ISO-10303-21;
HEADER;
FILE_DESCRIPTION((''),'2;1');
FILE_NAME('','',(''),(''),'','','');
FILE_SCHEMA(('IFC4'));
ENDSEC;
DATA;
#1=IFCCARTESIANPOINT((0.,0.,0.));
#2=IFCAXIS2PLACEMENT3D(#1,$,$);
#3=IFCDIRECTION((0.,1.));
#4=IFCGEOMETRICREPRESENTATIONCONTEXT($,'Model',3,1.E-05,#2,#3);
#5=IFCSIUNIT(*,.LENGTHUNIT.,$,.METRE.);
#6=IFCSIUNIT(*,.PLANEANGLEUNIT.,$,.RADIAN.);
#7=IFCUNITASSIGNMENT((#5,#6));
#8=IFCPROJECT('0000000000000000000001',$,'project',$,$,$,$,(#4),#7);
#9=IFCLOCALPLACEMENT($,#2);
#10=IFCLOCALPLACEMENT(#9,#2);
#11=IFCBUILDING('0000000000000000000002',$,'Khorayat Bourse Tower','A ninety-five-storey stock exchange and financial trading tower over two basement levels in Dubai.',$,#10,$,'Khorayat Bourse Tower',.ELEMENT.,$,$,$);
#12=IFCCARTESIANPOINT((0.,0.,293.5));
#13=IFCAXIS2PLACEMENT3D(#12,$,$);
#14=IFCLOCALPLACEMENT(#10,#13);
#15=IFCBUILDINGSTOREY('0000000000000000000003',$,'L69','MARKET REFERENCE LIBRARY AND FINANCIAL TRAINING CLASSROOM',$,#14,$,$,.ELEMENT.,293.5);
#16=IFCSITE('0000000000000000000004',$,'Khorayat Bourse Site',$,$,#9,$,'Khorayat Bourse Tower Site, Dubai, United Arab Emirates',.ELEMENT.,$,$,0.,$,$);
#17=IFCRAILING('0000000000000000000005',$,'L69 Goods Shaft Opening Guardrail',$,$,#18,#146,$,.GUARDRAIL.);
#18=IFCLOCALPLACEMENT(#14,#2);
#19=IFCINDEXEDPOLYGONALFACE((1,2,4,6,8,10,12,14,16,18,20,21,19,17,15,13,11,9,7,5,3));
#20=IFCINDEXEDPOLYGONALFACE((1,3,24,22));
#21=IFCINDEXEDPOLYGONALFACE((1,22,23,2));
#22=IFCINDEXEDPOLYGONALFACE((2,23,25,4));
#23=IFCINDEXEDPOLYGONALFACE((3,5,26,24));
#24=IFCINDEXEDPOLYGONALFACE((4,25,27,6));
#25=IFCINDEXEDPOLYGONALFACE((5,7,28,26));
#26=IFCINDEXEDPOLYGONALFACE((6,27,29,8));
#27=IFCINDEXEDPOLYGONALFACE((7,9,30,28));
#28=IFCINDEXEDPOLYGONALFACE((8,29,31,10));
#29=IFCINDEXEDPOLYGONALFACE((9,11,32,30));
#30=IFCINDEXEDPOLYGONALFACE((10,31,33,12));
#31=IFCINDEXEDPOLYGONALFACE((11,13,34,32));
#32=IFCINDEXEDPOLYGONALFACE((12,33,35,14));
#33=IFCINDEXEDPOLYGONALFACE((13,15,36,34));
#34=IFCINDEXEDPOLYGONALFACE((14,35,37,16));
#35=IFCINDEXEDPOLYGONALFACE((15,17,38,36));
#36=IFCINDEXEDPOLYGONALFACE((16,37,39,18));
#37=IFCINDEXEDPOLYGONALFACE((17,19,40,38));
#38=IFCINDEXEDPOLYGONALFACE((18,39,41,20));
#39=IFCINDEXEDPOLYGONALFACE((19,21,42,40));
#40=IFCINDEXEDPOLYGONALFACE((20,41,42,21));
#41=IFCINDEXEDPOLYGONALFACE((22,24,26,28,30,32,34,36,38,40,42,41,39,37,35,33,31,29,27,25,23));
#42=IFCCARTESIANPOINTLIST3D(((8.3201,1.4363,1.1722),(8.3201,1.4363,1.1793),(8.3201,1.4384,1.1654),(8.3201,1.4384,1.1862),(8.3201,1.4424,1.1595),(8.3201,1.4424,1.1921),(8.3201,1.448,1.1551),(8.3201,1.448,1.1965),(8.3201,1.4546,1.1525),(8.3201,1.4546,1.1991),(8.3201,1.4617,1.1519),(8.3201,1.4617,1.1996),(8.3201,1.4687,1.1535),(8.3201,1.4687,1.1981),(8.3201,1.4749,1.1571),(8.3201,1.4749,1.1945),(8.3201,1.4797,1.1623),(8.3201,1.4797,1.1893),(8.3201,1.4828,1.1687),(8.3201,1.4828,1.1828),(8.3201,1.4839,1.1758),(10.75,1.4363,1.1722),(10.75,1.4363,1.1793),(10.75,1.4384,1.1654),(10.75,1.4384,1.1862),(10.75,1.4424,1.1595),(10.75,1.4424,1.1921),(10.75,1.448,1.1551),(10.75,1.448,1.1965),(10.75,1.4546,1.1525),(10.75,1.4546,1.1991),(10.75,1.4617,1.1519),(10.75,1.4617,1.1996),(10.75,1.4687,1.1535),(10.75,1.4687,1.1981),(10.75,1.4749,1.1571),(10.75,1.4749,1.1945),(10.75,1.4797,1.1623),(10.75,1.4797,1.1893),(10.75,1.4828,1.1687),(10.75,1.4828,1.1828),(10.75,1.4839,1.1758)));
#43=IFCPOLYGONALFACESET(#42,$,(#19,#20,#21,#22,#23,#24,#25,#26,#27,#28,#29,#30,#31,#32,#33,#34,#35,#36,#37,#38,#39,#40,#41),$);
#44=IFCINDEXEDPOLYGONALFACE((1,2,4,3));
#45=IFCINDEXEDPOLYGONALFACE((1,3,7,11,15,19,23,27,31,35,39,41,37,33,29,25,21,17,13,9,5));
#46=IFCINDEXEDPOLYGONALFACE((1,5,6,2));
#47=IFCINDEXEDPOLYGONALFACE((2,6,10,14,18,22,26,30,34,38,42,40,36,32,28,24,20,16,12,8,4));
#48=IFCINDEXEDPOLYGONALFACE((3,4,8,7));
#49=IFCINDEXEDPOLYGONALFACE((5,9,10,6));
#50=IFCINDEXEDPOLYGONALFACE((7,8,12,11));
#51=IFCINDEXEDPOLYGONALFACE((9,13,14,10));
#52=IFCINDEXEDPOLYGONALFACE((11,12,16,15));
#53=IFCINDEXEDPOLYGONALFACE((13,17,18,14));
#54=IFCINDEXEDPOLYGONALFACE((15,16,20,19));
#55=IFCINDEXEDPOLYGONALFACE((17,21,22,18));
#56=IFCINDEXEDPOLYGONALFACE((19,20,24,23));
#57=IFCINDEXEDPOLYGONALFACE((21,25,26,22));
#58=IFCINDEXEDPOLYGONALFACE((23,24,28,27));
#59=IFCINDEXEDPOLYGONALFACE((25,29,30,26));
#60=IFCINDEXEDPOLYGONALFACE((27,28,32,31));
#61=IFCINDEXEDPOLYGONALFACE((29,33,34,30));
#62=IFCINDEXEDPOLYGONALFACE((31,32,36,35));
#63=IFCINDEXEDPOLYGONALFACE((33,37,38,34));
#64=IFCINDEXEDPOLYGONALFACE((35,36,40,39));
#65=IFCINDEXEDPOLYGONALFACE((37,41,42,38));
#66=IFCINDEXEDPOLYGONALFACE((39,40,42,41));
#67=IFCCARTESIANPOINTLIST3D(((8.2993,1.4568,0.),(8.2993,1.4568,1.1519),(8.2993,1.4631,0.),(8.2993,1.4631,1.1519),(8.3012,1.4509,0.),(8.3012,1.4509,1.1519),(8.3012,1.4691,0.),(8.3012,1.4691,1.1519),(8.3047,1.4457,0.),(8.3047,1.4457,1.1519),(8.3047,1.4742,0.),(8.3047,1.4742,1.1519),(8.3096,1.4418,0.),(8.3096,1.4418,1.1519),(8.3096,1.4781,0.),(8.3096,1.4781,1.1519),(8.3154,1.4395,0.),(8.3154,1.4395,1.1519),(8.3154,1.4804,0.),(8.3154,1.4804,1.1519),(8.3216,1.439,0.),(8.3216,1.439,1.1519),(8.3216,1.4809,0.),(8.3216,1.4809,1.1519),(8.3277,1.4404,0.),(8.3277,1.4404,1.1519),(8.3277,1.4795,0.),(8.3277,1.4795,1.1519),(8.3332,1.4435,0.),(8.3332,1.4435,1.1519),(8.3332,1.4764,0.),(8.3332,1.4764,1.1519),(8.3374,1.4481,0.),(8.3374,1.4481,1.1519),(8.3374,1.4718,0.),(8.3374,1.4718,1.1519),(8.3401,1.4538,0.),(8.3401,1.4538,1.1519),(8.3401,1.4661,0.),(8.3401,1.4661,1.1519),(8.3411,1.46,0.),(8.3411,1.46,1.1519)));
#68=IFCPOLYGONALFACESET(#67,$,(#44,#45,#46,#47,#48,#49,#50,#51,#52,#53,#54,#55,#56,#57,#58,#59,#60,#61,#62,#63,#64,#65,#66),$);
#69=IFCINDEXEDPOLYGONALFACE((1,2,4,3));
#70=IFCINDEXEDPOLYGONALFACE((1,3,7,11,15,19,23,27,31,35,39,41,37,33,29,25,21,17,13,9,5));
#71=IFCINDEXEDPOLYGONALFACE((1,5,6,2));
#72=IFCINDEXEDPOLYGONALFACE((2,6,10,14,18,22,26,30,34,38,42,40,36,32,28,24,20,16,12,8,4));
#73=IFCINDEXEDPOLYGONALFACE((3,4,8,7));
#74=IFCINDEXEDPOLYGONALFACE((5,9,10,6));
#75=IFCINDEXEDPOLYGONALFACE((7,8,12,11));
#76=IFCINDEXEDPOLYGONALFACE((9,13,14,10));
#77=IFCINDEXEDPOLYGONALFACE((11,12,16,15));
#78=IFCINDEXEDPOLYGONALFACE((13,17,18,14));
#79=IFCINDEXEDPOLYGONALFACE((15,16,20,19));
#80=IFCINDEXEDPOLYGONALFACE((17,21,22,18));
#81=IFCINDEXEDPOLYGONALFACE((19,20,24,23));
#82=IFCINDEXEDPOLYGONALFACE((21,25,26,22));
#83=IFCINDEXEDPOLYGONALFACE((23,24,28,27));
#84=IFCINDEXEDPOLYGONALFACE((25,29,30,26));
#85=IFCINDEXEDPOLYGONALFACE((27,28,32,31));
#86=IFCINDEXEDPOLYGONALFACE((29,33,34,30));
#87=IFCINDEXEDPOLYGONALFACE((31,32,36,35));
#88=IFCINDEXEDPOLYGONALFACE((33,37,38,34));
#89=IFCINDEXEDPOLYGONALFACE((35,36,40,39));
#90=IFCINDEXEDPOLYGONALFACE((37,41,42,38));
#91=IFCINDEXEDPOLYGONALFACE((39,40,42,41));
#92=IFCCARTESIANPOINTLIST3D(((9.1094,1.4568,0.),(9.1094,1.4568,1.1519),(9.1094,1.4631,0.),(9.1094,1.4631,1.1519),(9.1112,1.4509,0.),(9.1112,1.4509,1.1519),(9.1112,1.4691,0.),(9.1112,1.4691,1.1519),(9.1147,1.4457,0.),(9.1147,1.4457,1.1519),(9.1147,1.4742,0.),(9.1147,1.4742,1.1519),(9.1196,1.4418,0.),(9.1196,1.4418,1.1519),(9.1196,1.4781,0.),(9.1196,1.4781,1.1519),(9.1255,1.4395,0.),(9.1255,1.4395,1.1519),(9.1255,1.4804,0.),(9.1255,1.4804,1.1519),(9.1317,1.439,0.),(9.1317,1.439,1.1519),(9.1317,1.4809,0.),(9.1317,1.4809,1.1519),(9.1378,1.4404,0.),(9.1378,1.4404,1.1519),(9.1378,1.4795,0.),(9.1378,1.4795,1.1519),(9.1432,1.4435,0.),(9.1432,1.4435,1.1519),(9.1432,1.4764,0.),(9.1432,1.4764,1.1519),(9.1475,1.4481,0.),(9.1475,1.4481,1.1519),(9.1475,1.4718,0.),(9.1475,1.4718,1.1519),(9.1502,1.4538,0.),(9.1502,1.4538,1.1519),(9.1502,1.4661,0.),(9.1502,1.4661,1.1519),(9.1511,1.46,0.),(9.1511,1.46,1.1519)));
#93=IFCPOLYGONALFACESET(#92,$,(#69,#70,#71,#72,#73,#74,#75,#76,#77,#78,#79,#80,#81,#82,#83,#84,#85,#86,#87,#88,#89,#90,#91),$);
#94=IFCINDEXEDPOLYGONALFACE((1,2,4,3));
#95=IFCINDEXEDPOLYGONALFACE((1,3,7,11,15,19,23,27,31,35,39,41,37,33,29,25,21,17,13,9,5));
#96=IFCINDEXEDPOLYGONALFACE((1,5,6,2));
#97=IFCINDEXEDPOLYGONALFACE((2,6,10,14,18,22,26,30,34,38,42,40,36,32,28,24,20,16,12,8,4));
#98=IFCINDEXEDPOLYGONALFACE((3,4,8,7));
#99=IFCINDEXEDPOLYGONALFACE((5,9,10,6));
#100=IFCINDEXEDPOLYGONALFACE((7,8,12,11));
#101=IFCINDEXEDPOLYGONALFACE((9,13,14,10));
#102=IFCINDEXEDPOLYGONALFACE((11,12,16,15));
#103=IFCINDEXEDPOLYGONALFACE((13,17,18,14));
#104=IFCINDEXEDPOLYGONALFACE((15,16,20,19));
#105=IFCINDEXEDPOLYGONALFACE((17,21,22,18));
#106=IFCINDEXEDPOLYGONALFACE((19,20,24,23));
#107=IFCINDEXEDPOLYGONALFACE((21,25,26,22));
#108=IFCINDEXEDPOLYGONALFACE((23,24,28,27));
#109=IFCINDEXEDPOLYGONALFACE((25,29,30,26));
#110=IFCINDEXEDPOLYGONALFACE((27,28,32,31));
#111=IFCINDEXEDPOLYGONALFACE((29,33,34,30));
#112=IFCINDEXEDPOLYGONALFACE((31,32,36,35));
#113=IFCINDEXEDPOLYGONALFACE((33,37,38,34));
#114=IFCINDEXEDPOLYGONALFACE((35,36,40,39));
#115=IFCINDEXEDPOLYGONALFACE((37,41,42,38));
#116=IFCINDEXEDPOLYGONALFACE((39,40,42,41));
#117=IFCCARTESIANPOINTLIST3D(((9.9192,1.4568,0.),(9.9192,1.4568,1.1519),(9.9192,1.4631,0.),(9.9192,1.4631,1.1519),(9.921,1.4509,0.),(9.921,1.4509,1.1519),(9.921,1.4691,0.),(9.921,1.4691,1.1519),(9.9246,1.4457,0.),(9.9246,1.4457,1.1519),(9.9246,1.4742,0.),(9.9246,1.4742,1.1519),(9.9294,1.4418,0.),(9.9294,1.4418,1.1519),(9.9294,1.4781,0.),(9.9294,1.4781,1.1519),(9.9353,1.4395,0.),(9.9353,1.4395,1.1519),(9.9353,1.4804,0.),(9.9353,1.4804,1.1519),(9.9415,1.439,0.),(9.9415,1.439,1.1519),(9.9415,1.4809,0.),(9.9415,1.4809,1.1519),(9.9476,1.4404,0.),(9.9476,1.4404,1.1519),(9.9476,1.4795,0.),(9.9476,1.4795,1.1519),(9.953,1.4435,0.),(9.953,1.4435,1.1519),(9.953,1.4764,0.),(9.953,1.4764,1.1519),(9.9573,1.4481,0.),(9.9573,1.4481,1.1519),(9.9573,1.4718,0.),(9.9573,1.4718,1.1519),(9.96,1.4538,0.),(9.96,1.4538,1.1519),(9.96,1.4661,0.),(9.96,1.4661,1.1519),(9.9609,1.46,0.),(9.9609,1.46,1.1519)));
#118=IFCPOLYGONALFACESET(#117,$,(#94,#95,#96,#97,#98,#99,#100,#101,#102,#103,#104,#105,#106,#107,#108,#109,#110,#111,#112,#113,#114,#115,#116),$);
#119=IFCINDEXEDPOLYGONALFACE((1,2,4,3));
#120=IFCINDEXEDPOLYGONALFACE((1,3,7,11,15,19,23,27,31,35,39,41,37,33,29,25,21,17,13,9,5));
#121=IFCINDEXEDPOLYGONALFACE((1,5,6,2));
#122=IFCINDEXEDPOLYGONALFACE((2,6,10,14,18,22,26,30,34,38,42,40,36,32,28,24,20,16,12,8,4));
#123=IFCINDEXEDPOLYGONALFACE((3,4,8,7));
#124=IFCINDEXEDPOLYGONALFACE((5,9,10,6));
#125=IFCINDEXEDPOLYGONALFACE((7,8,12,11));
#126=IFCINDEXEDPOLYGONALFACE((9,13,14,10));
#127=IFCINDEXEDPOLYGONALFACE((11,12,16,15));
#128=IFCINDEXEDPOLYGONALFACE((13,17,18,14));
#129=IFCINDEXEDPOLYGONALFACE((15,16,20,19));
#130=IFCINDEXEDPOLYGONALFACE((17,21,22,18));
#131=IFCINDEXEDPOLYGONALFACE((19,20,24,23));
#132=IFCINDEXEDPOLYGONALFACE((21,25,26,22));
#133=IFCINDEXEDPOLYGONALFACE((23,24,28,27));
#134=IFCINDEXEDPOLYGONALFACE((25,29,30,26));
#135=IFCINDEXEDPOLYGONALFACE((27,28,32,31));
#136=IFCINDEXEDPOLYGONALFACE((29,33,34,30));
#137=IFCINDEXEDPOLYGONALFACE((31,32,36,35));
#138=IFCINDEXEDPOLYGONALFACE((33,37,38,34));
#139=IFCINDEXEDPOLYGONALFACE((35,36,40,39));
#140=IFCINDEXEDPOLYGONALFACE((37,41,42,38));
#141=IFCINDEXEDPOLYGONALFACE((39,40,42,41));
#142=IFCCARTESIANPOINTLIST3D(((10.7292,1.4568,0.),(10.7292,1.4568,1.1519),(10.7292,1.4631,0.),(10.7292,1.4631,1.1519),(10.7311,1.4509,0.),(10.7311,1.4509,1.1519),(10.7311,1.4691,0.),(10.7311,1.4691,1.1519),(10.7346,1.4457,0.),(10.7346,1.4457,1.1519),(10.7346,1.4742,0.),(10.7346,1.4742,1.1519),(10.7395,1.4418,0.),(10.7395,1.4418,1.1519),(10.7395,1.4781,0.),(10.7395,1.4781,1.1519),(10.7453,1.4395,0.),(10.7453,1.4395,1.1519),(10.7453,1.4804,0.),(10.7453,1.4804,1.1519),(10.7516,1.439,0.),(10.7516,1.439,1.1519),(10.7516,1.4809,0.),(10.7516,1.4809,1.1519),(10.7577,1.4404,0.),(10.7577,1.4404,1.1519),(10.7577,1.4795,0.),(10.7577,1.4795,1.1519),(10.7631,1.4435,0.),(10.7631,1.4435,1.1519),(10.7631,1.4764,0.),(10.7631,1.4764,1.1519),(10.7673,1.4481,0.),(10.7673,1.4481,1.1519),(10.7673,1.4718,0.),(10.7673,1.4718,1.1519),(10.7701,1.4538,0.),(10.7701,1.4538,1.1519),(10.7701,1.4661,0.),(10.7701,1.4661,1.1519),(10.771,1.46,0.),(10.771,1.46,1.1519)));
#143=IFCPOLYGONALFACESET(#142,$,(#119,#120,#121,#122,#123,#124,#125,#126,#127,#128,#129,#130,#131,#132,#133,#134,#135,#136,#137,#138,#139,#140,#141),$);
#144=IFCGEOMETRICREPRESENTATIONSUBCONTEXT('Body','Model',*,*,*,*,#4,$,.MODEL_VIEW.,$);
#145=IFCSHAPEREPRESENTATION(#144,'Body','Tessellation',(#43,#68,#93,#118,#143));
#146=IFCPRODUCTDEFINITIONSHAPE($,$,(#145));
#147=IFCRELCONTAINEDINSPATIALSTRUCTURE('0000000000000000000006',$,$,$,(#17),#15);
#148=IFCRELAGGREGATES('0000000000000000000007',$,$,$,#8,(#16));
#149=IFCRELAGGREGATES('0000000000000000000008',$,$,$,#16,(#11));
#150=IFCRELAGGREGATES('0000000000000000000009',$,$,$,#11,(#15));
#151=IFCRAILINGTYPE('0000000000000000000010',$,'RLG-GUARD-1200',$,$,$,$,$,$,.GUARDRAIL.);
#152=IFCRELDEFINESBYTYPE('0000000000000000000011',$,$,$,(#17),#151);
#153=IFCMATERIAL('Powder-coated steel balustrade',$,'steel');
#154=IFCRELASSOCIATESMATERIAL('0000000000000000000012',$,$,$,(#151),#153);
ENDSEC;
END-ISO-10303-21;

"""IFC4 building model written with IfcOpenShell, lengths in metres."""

from ifc_helpers import new_model, si_unit, direction, frame, origin, origin_2d, place, context, subcontext, project, spatial, circle, extrude, source, transform, mapped, material, type_object, element, save


model = new_model("IFC4")

# Units and contexts
model_context = context("Model", 3, precision=1e-05, world=origin(), true_north=direction((0.0, 1.0)))
body_context = subcontext(model_context, "Body", "Model", "MODEL_VIEW")
ifc_project = project(units=[si_unit("LENGTHUNIT", "METRE"), si_unit("PLANEANGLEUNIT", "RADIAN")], contexts=[model_context])

# Site, building, storey
site_placement = place(None, origin())
site = spatial("IfcSite", under=ifc_project, at=site_placement, Name="Khorayat Bourse Site", LongName="Khorayat Bourse Tower Site, Dubai, United Arab Emirates", CompositionType="ELEMENT", RefElevation=0.0)
building_placement = place(site_placement, origin())
building = spatial("IfcBuilding", under=site, at=building_placement, Name="Khorayat Bourse Tower", Description="A ninety-five-storey stock exchange and financial trading tower over two basement levels in Dubai.", LongName="Khorayat Bourse Tower", CompositionType="ELEMENT")
storey_placement = place(building_placement, frame((0.0, 0.0, 293.5)))
storey = spatial("IfcBuildingStorey", under=building, at=storey_placement, Name="L69", Description="MARKET REFERENCE LIBRARY AND FINANCIAL TRAINING CLASSROOM", CompositionType="ELEMENT", Elevation=293.5)

# Railing
ifc_material_1 = material(Name="Powder-coated steel balustrade", Category="steel")
railing_type = type_object("IfcRailingType", Name="RLG-GUARD-1200", PredefinedType="GUARDRAIL", material=ifc_material_1)
shared_shape_1 = source(origin(), body_context, "Body", "SweptSolid", [
    extrude(circle(Radius=0.0239, at=origin_2d()), frame((0.0, 0.0, 1.1758), z_axis=(1.0, 0.0, 0.0), x_axis=(0.0, 1.0, 0.0)), (0.0, 0.0, 1.0), 2.4299),
    extrude(circle(Radius=0.021, at=origin_2d()), origin(), (0.0, 0.0, 1.0), 1.1519),
    extrude(circle(Radius=0.021, at=origin_2d()), frame((0.8101, 0.0, 0.0)), (0.0, 0.0, 1.0), 1.1519),
    extrude(circle(Radius=0.021, at=origin_2d()), frame((1.6199, 0.0, 0.0)), (0.0, 0.0, 1.0), 1.1519),
    extrude(circle(Radius=0.021, at=origin_2d()), frame((2.4299, 0.0, 0.0)), (0.0, 0.0, 1.0), 1.1519),
])
railing_placement = place(storey_placement, frame((8.3201, 1.46, 0.0)))
element("IfcRailing", 1, at=railing_placement, inside=storey, type_object=railing_type, Name="L69 Goods Shaft Opening Guardrail", PredefinedType="GUARDRAIL", context=body_context, shape_type="MappedRepresentation", body=[
    mapped(shared_shape_1, transform((0.0, 0.0, 0.0), scale=1.0)),
])

save(model, "model.ifc")
